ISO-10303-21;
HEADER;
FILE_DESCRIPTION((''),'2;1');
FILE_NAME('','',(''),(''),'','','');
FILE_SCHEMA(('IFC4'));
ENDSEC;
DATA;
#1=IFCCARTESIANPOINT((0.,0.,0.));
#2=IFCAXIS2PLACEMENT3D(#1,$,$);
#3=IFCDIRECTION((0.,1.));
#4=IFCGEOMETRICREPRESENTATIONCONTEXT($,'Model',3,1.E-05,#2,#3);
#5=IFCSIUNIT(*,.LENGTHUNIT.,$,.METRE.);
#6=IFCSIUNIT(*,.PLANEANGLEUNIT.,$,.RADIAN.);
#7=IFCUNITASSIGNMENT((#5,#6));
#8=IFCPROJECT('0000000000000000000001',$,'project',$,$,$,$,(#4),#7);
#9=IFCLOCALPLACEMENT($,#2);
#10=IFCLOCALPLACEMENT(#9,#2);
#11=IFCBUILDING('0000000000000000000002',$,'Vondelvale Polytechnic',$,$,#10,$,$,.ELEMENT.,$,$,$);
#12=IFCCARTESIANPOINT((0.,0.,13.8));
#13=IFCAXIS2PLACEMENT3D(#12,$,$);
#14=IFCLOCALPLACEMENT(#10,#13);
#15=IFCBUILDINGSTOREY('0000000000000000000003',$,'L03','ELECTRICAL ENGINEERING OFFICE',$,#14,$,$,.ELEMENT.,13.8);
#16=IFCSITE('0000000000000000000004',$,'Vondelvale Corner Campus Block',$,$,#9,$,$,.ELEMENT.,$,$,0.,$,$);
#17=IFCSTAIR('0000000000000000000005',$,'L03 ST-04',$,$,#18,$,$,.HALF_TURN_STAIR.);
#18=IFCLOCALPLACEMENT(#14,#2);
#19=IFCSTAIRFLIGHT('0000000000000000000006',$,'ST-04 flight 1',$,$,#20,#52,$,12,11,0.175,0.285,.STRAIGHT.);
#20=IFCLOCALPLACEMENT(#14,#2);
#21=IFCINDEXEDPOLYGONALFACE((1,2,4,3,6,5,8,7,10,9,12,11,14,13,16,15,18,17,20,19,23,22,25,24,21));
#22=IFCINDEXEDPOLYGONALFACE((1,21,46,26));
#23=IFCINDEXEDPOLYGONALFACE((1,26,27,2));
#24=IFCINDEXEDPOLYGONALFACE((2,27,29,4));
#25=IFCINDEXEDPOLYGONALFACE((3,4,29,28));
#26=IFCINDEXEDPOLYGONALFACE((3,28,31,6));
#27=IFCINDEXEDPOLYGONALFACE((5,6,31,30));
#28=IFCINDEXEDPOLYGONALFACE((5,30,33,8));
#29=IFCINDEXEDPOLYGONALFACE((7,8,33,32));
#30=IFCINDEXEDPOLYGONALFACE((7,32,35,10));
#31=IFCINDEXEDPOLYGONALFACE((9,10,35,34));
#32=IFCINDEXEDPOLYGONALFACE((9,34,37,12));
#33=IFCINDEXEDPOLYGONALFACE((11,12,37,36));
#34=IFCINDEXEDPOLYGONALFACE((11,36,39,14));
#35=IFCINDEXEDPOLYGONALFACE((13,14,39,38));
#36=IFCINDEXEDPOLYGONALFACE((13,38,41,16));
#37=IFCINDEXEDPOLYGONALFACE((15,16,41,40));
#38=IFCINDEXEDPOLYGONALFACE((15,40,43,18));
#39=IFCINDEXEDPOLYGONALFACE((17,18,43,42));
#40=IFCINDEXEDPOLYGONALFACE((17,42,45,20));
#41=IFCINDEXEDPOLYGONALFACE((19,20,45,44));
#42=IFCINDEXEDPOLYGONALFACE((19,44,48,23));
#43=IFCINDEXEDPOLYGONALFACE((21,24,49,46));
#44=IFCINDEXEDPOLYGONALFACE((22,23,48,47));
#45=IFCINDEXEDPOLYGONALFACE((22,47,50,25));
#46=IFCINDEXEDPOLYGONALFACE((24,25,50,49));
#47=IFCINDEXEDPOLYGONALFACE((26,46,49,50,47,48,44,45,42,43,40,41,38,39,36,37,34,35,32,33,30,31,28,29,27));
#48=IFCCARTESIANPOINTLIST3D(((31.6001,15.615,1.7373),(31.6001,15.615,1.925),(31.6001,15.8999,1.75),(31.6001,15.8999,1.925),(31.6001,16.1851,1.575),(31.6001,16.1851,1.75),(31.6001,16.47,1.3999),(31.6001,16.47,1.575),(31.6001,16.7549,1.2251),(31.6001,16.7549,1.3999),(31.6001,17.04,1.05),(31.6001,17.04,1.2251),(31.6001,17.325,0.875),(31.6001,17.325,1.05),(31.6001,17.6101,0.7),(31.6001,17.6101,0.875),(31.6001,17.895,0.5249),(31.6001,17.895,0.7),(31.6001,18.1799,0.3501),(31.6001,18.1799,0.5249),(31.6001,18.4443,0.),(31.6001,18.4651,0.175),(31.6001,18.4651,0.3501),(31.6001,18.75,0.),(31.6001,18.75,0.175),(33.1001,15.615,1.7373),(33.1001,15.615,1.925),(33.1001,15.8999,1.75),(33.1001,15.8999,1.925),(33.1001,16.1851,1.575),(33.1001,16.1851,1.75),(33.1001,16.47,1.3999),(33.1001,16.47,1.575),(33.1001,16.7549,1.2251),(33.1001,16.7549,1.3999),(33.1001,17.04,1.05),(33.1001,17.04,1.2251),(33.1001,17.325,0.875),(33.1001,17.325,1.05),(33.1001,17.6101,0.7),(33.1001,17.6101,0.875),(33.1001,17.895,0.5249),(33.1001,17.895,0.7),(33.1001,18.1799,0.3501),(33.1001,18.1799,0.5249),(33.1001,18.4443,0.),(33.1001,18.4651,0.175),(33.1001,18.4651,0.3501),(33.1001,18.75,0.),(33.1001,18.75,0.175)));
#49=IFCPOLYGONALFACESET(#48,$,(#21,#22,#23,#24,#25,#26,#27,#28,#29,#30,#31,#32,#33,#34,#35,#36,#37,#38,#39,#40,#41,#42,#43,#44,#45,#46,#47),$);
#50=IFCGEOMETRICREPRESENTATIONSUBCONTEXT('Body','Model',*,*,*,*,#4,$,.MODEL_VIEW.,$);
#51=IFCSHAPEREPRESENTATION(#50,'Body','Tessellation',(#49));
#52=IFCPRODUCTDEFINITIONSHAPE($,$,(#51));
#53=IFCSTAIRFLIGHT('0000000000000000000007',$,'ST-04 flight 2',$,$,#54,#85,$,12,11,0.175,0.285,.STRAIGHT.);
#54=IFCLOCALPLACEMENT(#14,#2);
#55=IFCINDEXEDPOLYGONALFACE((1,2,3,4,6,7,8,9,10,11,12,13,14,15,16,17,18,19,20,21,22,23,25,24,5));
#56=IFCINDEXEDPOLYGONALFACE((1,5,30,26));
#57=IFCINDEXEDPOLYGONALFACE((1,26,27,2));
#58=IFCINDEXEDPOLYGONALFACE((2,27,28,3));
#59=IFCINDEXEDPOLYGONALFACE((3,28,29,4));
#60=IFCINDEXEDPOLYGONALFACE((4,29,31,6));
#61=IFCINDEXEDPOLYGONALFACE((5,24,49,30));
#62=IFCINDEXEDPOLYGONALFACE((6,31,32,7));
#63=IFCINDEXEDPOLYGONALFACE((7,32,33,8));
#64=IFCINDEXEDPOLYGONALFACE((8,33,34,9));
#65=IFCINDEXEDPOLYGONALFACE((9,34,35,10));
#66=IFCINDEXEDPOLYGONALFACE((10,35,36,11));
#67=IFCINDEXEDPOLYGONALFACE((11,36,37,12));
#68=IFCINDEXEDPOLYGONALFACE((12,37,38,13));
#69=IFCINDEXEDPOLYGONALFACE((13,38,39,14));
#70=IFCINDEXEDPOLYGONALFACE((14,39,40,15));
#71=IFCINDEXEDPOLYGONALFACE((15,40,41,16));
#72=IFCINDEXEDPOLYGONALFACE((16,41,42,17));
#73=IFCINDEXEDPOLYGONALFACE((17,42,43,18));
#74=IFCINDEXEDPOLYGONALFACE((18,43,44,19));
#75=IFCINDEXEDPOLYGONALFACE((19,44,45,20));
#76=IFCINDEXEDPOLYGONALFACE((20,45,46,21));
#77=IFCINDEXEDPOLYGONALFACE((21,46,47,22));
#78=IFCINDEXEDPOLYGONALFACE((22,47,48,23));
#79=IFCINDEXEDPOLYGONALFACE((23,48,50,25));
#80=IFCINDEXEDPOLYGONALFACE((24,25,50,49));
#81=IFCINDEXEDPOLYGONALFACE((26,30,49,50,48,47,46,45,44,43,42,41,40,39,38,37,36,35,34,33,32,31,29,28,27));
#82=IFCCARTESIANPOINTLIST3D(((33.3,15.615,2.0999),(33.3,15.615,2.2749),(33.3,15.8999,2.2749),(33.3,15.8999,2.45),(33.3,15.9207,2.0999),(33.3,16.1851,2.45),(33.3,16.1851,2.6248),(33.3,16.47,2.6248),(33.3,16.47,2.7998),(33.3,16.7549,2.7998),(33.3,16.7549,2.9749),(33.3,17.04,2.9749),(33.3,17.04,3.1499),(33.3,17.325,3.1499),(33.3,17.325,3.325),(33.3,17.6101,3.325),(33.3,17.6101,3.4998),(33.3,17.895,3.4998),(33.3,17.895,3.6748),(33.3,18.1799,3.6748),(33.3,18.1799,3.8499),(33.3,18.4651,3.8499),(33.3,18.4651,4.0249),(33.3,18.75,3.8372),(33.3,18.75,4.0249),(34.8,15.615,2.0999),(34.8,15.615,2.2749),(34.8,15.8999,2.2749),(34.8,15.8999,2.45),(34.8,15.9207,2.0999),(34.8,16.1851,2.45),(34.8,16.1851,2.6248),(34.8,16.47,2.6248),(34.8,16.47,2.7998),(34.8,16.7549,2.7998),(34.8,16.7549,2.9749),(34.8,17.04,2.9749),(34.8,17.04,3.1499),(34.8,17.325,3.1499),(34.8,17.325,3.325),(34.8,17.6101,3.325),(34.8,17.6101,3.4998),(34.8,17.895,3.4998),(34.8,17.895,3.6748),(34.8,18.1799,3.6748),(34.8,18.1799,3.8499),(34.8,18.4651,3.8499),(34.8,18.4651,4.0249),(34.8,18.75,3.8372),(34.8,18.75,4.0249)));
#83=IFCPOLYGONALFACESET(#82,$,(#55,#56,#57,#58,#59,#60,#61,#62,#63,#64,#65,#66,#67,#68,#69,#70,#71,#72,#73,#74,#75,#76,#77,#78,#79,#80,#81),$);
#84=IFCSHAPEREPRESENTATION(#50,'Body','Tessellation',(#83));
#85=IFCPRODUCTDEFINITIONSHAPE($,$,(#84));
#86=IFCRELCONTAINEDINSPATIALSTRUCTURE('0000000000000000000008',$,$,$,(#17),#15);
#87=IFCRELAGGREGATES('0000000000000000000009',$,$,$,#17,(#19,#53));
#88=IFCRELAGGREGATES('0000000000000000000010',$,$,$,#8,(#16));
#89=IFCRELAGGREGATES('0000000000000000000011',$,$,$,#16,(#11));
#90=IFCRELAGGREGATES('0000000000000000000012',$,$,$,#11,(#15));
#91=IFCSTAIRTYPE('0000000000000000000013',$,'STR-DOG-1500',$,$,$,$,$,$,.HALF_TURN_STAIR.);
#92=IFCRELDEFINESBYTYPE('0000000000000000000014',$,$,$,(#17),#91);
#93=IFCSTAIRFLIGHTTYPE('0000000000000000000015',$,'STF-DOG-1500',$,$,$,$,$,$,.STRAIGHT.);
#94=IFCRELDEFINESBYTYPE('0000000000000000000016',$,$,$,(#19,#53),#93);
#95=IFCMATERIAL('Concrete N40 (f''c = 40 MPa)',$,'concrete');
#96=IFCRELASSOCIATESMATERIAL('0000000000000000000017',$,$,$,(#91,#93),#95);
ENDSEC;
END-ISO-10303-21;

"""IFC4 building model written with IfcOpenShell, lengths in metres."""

from ifc_helpers import new_model, si_unit, direction, frame, origin, place, context, subcontext, project, spatial, polyline, outline, extrude, material, type_object, element, aggregate, save


model = new_model("IFC4")

# Units and contexts
model_context = context("Model", 3, precision=1e-05, world=origin(), true_north=direction((0.0, 1.0)))
body_context = subcontext(model_context, "Body", "Model", "MODEL_VIEW")
ifc_project = project(units=[si_unit("LENGTHUNIT", "METRE"), si_unit("PLANEANGLEUNIT", "RADIAN")], contexts=[model_context])

# Site, building, storey
site_placement = place(None, origin())
site = spatial("IfcSite", under=ifc_project, at=site_placement, Name="Vondelvale Corner Campus Block", CompositionType="ELEMENT", RefElevation=0.0)
building_placement = place(site_placement, origin())
building = spatial("IfcBuilding", under=site, at=building_placement, Name="Vondelvale Polytechnic", CompositionType="ELEMENT")
storey_placement = place(building_placement, frame((0.0, 0.0, 13.8)))
storey = spatial("IfcBuildingStorey", under=building, at=storey_placement, Name="L03", Description="ELECTRICAL ENGINEERING OFFICE", CompositionType="ELEMENT", Elevation=13.8)

# Shared definitions
ifc_material_1 = material(Name="Concrete N40 (f'c = 40 MPa)", Category="concrete")

# Stair, stair flights
stair_type = type_object("IfcStairType", Name="STR-DOG-1500", PredefinedType="HALF_TURN_STAIR", material=ifc_material_1)
stair_placement = place(storey_placement, origin())
stair = element("IfcStair", 1, at=stair_placement, inside=storey, type_object=stair_type, Name="L03 ST-04", PredefinedType="HALF_TURN_STAIR")
stair_flight_type = type_object("IfcStairFlightType", Name="STF-DOG-1500", PredefinedType="STRAIGHT", material=ifc_material_1)
stair_flight_1_placement = place(storey_placement, frame((32.3501, 18.75, 0.0), z_axis=(0.0, 0.0, 1.0), x_axis=(0.0, -1.0, 0.0)))
stair_flight_1 = element("IfcStairFlight", 2, at=stair_flight_1_placement, type_object=stair_flight_type, Name="ST-04 flight 1", NumberOfRisers=12, NumberOfTreads=11, PredefinedType="STRAIGHT", RiserHeight=0.175, TreadLength=0.285, context=body_context, shape_type="SweptSolid", body=[
    extrude(outline(polyline([(0.0, 0.0), (0.0, 0.175), (0.2849, 0.175), (0.2849, 0.3501), (0.5701, 0.3501), (0.5701, 0.5249), (0.855, 0.5249), (0.855, 0.7), (1.1399, 0.7), (1.1399, 0.875), (1.425, 0.875), (1.425, 1.05), (1.71, 1.05), (1.71, 1.2251), (1.9951, 1.2251), (1.9951, 1.3999), (2.28, 1.3999), (2.28, 1.575), (2.5649, 1.575), (2.5649, 1.75), (2.8501, 1.75), (2.8501, 1.925), (3.135, 1.925), (3.135, 2.1001), (3.135, 1.7373), (0.3057, 0.0), (0.0, 0.0)])), frame((0.0, 0.75, 0.0), z_axis=(0.0, -1.0, 0.0), x_axis=(1.0, 0.0, 0.0)), (0.0, 0.0, 1.0), 1.5),
])
stair_flight_2_placement = place(storey_placement, frame((34.05, 15.615, 2.0999), z_axis=(0.0, 0.0, 1.0), x_axis=(0.0, 1.0, 0.0)))
stair_flight_2 = element("IfcStairFlight", 3, at=stair_flight_2_placement, type_object=stair_flight_type, Name="ST-04 flight 2", NumberOfRisers=12, NumberOfTreads=11, PredefinedType="STRAIGHT", RiserHeight=0.175, TreadLength=0.285, context=body_context, shape_type="SweptSolid", body=[
    extrude(outline(polyline([(0.0, 0.0), (0.0, 0.175), (0.2849, 0.175), (0.2849, 0.3501), (0.5701, 0.3501), (0.5701, 0.5249), (0.855, 0.5249), (0.855, 0.7), (1.1399, 0.7), (1.1399, 0.875), (1.425, 0.875), (1.425, 1.05), (1.71, 1.05), (1.71, 1.2251), (1.9951, 1.2251), (1.9951, 1.3999), (2.28, 1.3999), (2.28, 1.575), (2.5649, 1.575), (2.5649, 1.75), (2.8501, 1.75), (2.8501, 1.925), (3.135, 1.925), (3.135, 2.1001), (3.135, 1.7373), (0.3057, 0.0), (0.0, 0.0)])), frame((0.0, 0.75, 0.0), z_axis=(0.0, -1.0, 0.0), x_axis=(1.0, 0.0, 0.0)), (0.0, 0.0, 1.0), 1.5),
])
aggregate(stair, [stair_flight_1, stair_flight_2])

save(model, "model.ifc")
